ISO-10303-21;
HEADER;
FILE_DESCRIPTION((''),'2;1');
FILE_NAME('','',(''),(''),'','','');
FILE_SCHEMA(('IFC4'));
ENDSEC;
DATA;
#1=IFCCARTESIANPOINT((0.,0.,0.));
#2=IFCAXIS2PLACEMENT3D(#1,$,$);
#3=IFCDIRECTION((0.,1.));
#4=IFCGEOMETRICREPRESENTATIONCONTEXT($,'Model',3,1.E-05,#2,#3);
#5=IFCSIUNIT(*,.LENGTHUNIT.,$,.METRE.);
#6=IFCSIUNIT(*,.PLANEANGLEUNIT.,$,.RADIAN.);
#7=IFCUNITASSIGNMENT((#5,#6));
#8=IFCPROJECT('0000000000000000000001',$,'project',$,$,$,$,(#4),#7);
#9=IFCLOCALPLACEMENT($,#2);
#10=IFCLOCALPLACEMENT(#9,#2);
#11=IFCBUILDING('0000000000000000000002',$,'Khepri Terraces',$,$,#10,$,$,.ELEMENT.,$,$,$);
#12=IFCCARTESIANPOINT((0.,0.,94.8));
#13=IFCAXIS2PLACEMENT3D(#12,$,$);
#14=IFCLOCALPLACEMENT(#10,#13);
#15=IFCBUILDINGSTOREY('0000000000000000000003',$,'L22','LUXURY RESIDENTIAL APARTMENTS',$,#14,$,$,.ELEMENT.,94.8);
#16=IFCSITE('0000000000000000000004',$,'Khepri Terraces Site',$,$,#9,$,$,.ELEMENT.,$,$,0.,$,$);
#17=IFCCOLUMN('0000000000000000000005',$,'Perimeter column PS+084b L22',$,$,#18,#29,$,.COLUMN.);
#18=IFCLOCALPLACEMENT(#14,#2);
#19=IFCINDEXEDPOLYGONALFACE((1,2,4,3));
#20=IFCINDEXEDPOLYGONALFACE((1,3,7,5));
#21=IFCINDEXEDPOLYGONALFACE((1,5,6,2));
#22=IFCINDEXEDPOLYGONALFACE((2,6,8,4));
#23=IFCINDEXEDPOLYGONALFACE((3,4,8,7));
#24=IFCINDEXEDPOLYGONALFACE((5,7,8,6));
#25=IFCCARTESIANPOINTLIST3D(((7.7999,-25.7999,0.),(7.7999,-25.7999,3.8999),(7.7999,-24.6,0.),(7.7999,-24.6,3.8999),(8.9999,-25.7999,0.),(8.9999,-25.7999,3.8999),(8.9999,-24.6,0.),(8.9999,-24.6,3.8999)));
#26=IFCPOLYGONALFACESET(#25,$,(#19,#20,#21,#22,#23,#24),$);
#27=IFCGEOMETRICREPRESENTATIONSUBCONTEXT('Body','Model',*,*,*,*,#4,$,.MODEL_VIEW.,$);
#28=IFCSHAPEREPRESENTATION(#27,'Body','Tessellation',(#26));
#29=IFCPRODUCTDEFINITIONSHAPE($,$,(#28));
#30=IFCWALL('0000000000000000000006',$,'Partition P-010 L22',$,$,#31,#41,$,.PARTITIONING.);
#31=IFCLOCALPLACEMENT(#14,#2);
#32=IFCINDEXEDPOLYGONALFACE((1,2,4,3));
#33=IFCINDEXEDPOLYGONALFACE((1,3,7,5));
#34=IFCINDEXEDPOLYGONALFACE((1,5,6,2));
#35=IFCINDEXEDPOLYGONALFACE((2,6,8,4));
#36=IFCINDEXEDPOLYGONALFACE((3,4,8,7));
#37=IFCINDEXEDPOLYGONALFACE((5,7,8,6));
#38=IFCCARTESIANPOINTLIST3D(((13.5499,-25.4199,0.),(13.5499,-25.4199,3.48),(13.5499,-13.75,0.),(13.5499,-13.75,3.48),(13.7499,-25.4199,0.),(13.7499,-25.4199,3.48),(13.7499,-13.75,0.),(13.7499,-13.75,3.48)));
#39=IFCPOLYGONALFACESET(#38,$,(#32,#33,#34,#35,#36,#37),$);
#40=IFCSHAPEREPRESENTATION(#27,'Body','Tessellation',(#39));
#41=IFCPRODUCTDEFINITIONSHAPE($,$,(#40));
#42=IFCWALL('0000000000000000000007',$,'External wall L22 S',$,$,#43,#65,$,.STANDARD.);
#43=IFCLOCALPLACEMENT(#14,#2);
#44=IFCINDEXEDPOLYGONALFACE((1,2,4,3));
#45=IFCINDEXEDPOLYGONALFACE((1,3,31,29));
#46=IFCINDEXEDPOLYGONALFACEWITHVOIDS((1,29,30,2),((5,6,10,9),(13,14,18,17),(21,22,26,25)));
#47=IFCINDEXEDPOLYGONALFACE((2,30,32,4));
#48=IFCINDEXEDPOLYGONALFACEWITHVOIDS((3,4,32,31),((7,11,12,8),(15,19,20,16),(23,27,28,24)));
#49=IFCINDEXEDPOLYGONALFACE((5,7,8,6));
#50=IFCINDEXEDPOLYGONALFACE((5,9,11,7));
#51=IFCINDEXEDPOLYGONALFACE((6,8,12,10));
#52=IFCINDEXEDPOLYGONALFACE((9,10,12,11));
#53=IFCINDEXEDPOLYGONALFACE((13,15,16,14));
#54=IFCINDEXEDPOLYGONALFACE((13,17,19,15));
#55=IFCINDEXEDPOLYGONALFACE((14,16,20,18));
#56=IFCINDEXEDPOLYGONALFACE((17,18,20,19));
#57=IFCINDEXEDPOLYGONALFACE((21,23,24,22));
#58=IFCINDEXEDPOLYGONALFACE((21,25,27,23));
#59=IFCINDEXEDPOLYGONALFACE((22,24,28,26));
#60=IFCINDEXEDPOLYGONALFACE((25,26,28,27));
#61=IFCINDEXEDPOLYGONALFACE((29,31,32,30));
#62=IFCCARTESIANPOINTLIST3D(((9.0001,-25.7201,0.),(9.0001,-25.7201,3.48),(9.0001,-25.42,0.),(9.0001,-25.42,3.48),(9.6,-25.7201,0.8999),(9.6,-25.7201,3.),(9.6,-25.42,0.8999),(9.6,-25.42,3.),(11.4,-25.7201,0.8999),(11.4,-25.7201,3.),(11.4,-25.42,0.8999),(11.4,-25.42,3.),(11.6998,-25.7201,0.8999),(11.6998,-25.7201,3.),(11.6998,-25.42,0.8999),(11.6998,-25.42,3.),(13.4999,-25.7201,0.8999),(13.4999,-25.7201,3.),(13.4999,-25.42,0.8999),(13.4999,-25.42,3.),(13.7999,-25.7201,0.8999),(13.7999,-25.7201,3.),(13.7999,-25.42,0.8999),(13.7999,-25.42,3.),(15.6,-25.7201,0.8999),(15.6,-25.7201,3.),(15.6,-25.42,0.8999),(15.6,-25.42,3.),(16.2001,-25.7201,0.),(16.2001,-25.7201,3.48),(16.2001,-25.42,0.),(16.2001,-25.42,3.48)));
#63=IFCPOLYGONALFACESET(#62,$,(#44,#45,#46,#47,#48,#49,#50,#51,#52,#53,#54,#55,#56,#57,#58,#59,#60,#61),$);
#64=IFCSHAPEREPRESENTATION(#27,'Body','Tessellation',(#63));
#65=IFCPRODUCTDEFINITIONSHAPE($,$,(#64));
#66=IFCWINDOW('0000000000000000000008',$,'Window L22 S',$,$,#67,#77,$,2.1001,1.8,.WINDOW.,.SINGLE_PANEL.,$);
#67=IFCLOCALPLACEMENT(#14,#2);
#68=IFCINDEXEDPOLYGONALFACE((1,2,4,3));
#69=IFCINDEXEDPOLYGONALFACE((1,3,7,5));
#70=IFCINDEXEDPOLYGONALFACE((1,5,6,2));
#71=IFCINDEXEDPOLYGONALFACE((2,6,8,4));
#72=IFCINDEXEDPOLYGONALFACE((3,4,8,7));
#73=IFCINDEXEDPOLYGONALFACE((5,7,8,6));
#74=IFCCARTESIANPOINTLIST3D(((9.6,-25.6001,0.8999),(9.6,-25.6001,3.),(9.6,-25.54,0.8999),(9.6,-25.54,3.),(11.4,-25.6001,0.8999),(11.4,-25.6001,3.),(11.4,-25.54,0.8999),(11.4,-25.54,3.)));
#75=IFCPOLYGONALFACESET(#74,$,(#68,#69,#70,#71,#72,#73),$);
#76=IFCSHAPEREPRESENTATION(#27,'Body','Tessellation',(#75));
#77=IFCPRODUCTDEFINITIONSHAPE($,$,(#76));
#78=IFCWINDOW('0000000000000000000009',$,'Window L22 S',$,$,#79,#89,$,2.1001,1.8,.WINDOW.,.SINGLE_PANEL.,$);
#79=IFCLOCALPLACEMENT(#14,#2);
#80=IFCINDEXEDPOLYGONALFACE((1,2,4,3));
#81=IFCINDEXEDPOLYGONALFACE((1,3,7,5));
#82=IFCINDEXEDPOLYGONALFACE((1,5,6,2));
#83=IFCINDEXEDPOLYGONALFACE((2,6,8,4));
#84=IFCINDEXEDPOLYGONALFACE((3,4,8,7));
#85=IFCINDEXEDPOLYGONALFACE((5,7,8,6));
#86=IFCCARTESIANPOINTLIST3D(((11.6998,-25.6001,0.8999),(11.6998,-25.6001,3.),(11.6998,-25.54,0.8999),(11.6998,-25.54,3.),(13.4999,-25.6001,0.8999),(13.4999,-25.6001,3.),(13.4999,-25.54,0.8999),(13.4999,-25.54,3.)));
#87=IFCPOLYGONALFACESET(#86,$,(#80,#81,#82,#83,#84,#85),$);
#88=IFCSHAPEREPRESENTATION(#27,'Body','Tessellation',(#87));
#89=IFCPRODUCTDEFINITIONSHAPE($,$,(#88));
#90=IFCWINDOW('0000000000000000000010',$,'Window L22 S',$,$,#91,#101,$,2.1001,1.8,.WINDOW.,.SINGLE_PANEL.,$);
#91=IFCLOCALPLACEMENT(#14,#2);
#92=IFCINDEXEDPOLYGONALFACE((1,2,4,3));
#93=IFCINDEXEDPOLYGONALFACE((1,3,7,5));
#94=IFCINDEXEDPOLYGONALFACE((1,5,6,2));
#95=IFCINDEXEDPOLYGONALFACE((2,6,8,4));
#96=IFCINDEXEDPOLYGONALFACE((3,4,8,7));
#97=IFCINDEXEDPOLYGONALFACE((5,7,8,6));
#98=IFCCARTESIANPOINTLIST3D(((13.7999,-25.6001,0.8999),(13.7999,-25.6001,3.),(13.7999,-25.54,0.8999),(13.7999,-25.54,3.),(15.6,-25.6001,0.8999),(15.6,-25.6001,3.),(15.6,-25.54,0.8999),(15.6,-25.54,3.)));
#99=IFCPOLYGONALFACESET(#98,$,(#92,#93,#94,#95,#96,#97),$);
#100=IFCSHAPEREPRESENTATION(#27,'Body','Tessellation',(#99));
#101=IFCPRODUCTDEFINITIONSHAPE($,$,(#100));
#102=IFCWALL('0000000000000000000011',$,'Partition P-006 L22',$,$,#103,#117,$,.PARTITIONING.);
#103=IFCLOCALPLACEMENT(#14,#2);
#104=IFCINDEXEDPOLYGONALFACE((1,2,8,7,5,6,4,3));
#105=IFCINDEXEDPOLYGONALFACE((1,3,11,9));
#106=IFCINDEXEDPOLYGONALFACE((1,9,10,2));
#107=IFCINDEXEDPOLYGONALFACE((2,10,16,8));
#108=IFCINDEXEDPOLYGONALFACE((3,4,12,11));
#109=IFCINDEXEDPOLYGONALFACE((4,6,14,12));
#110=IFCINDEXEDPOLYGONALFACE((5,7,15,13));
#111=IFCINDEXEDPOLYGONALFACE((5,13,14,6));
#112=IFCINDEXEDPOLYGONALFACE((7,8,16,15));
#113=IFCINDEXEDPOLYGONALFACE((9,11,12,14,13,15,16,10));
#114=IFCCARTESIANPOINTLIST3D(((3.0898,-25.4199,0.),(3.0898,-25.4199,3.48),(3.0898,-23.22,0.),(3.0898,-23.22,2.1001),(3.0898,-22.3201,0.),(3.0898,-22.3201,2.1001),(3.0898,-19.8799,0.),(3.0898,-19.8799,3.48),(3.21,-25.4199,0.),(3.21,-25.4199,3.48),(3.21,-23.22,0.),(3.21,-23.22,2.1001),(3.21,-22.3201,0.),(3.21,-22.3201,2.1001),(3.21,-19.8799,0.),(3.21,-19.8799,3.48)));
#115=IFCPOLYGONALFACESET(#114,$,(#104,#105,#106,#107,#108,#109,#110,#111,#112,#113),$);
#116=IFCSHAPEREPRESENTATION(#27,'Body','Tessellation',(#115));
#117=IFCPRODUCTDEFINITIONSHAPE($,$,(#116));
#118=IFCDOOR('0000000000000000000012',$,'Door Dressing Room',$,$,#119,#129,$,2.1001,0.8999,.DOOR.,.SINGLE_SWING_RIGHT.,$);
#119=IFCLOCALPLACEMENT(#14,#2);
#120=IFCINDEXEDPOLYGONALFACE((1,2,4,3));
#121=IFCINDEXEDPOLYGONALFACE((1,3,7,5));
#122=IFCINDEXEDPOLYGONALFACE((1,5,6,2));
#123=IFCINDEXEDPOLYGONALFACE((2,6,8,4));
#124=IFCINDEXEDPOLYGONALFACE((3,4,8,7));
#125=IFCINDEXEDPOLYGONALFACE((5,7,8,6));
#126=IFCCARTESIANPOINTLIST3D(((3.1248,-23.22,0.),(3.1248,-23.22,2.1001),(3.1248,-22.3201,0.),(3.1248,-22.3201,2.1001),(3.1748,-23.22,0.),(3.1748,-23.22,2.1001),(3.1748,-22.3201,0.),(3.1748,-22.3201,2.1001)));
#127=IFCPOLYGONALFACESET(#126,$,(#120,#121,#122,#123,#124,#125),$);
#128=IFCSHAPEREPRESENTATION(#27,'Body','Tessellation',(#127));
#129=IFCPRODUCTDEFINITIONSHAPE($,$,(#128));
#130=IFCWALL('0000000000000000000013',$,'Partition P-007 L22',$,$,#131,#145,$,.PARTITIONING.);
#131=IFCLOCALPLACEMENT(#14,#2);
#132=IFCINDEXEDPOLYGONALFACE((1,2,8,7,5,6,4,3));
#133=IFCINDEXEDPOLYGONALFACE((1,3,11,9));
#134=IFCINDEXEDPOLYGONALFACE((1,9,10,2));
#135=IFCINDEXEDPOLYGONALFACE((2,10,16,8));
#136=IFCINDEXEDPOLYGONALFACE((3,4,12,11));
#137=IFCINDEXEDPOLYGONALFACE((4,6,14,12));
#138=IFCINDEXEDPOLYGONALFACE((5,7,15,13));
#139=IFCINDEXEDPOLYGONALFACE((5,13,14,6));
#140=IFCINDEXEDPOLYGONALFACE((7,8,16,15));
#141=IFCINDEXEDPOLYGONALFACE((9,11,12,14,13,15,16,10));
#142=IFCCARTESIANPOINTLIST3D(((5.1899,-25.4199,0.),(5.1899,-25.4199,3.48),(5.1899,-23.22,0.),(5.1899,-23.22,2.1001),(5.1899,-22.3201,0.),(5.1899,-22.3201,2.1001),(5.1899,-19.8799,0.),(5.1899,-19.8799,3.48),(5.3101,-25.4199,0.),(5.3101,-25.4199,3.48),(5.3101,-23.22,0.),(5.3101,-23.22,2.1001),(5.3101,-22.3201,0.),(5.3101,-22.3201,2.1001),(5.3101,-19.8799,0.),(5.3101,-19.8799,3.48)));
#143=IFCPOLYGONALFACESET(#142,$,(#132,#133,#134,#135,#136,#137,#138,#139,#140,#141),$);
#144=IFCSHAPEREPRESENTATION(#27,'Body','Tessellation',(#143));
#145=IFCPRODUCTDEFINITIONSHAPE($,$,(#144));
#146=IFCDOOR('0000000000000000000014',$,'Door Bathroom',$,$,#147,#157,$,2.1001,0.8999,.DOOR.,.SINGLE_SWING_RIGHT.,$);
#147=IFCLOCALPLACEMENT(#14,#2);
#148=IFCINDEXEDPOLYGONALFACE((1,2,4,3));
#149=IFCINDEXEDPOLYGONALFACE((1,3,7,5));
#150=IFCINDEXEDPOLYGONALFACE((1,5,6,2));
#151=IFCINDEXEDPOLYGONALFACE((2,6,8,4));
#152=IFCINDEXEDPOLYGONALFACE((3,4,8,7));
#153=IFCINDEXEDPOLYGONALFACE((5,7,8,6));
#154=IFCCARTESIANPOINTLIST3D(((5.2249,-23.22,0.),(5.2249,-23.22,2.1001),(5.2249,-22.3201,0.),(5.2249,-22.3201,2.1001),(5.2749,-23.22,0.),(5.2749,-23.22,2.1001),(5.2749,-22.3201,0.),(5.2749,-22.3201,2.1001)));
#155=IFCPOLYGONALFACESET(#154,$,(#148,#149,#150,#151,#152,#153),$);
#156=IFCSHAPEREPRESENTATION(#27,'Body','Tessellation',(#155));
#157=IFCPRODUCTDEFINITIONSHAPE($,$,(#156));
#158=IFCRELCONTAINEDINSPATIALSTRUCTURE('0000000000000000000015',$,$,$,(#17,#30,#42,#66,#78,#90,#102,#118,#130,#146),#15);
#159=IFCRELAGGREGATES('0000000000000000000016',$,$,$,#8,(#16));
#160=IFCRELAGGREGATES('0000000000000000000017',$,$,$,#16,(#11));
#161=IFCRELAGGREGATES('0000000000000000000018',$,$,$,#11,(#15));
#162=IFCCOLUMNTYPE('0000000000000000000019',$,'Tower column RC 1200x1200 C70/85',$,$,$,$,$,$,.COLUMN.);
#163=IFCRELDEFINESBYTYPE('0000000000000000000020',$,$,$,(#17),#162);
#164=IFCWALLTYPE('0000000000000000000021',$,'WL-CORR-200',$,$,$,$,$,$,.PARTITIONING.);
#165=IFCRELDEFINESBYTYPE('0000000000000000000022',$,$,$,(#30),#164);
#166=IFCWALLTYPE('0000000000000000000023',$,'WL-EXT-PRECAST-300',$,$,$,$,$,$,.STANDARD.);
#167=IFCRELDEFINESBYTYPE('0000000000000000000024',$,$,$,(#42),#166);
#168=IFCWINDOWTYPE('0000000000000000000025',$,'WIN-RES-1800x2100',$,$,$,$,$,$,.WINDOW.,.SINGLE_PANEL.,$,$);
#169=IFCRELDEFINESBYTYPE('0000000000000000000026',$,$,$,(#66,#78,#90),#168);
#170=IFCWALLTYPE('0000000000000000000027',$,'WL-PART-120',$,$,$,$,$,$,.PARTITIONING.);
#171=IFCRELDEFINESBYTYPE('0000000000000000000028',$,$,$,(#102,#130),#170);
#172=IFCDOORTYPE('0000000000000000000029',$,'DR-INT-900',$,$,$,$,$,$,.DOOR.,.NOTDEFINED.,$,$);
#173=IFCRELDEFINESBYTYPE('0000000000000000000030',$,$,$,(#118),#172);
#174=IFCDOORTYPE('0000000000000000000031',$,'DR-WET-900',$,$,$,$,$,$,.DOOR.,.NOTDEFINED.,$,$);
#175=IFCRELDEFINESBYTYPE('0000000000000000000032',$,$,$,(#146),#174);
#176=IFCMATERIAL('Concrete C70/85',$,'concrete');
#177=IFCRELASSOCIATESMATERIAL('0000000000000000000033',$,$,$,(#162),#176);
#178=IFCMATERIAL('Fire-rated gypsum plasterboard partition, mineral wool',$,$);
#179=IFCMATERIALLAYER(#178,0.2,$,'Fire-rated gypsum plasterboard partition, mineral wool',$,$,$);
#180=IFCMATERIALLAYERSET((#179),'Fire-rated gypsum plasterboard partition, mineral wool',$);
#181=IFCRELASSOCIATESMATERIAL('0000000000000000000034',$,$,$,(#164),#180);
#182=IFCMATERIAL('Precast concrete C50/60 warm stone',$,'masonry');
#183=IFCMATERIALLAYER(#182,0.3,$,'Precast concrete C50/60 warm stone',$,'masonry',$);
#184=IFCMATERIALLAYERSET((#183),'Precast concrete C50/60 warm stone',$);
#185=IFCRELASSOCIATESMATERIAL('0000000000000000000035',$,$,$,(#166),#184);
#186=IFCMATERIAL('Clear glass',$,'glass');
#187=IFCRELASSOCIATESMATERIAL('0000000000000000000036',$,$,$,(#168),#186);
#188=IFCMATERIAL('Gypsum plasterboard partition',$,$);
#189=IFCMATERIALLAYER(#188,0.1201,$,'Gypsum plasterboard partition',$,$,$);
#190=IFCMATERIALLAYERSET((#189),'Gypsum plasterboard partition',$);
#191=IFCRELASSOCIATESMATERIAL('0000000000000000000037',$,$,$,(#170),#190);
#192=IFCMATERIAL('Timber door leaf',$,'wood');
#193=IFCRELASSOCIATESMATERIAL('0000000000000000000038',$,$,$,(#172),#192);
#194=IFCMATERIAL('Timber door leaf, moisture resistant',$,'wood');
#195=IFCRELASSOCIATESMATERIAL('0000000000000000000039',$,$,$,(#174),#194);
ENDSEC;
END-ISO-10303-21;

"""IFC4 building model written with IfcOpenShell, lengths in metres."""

from ifc_helpers import new_model, si_unit, direction, frame, frame_2d, origin, origin_2d, place, context, subcontext, project, spatial, rectangle, extrude, material, layer, layer_set, material_profile, profile_set, type_object, element, fill, save


model = new_model("IFC4")

# Units and contexts
model_context = context("Model", 3, precision=1e-05, world=origin(), true_north=direction((0.0, 1.0)))
body_context = subcontext(model_context, "Body", "Model", "MODEL_VIEW")
ifc_project = project(units=[si_unit("LENGTHUNIT", "METRE"), si_unit("PLANEANGLEUNIT", "RADIAN")], contexts=[model_context])

# Site, building, storey
site_placement = place(None, origin())
site = spatial("IfcSite", under=ifc_project, at=site_placement, Name="Khepri Terraces Site", CompositionType="ELEMENT", RefElevation=0.0)
building_placement = place(site_placement, origin())
building = spatial("IfcBuilding", under=site, at=building_placement, Name="Khepri Terraces", CompositionType="ELEMENT")
storey_placement = place(building_placement, frame((0.0, 0.0, 94.8)))
storey = spatial("IfcBuildingStorey", under=building, at=storey_placement, Name="L22", Description="LUXURY RESIDENTIAL APARTMENTS", CompositionType="ELEMENT", Elevation=94.8)

# Column
ifc_material_1 = material(Name="Concrete C70/85", Category="concrete")
ifc_material_profile = material_profile(ifc_material_1, rectangle(XDim=1.2, YDim=1.2, at=origin_2d()), Name="Concrete C70/85", Category="concrete")
ifc_profile_set = profile_set([ifc_material_profile], Name="Concrete C70/85")
column_type = type_object("IfcColumnType", Name="Tower column RC 1200x1200 C70/85", PredefinedType="COLUMN", material=ifc_profile_set)
column_placement = place(storey_placement, frame((8.3999, -25.2, 0.0), z_axis=(0.0, 0.0, 1.0), x_axis=(1.0, 0.0, 0.0)))
element("IfcColumn", 1, at=column_placement, inside=storey, type_object=column_type, Name="Perimeter column PS+084b L22", PredefinedType="COLUMN", context=body_context, shape_type="SweptSolid", body=[
    extrude(rectangle(XDim=1.2, YDim=1.2, at=origin_2d()), origin(), (0.0, 0.0, 1.0), 3.8999),
])

# Wall
ifc_material_2 = material(Name="Fire-rated gypsum plasterboard partition, mineral wool")
ifc_layer_1 = layer(ifc_material_2, 0.2, Name="Fire-rated gypsum plasterboard partition, mineral wool")
ifc_layer_set_1 = layer_set([ifc_layer_1], Name="Fire-rated gypsum plasterboard partition, mineral wool")
wall_type_1 = type_object("IfcWallType", Name="WL-CORR-200", PredefinedType="PARTITIONING", material=ifc_layer_set_1)
wall_1_placement = place(storey_placement, frame((13.6499, -25.4199, 0.0), z_axis=(0.0, 0.0, 1.0), x_axis=(0.0, 1.0, 0.0)))
element("IfcWall", 2, at=wall_1_placement, inside=storey, type_object=wall_type_1, Name="Partition P-010 L22", PredefinedType="PARTITIONING", context=body_context, shape_type="SweptSolid", body=[
    extrude(rectangle(XDim=11.6699, YDim=0.2, at=frame_2d((5.835, 0.0))), origin(), (0.0, 0.0, 1.0), 3.48),
])

# Shared definitions
ifc_material_3 = material(Name="Precast concrete C50/60 warm stone", Category="masonry")
ifc_layer_2 = layer(ifc_material_3, 0.3, Name="Precast concrete C50/60 warm stone", Category="masonry")
ifc_layer_set_2 = layer_set([ifc_layer_2], Name="Precast concrete C50/60 warm stone")
wall_type_2 = type_object("IfcWallType", Name="WL-EXT-PRECAST-300", PredefinedType="STANDARD", material=ifc_layer_set_2)
ifc_material_4 = material(Name="Clear glass", Category="glass")
window_type = type_object("IfcWindowType", Name="WIN-RES-1800x2100", PartitioningType="SINGLE_PANEL", PredefinedType="WINDOW", material=ifc_material_4)

# Wall, openings, windows
wall_2_placement = place(storey_placement, frame((9.0, -25.5701, 0.0), z_axis=(0.0, 0.0, 1.0), x_axis=(1.0, 0.0, 0.0)))
wall_2 = element("IfcWall", 3, at=wall_2_placement, inside=storey, type_object=wall_type_2, Name="External wall L22 S", PredefinedType="STANDARD", context=body_context, shape_type="SweptSolid", body=[
    extrude(rectangle(XDim=7.2, YDim=0.3, at=frame_2d((3.6001, 0.0))), origin(), (0.0, 0.0, 1.0), 3.48),
])
opening_1_placement = place(wall_2_placement, frame((0.6001, 0.0, 0.8999)))
opening_1 = element("IfcOpeningElement", 4, at=opening_1_placement, cuts=wall_2, PredefinedType="OPENING", context=body_context, shape_type="SweptSolid", body=[
    extrude(rectangle(XDim=1.8, YDim=2.1001, at=frame_2d((0.8999, 1.05))), frame((0.0, 0.1602, 0.0), z_axis=(0.0, -1.0, 0.0), x_axis=(1.0, 0.0, 0.0)), (0.0, 0.0, 1.0), 0.3201),
])
opening_2_placement = place(wall_2_placement, frame((2.7, 0.0, 0.8999)))
opening_2 = element("IfcOpeningElement", 5, at=opening_2_placement, cuts=wall_2, PredefinedType="OPENING", context=body_context, shape_type="SweptSolid", body=[
    extrude(rectangle(XDim=1.8, YDim=2.1001, at=frame_2d((0.8999, 1.05))), frame((0.0, 0.1602, 0.0), z_axis=(0.0, -1.0, 0.0), x_axis=(1.0, 0.0, 0.0)), (0.0, 0.0, 1.0), 0.3201),
])
opening_3_placement = place(wall_2_placement, frame((4.8, 0.0, 0.8999)))
opening_3 = element("IfcOpeningElement", 6, at=opening_3_placement, cuts=wall_2, PredefinedType="OPENING", context=body_context, shape_type="SweptSolid", body=[
    extrude(rectangle(XDim=1.8, YDim=2.1001, at=frame_2d((0.8999, 1.05))), frame((0.0, 0.1602, 0.0), z_axis=(0.0, -1.0, 0.0), x_axis=(1.0, 0.0, 0.0)), (0.0, 0.0, 1.0), 0.3201),
])
window_1_placement = place(opening_1_placement, origin())
window_1 = element("IfcWindow", 7, at=window_1_placement, inside=storey, type_object=window_type, Name="Window L22 S", OverallHeight=2.1001, OverallWidth=1.8, PartitioningType="SINGLE_PANEL", PredefinedType="WINDOW", context=body_context, shape_type="SweptSolid", body=[
    extrude(rectangle(XDim=1.8, YDim=2.1001, at=frame_2d((0.8999, 1.05))), frame((0.0, 0.03, 0.0), z_axis=(0.0, -1.0, 0.0), x_axis=(1.0, 0.0, 0.0)), (0.0, 0.0, 1.0), 0.0601),
])
fill(opening_1, window_1)
window_2_placement = place(opening_2_placement, origin())
window_2 = element("IfcWindow", 8, at=window_2_placement, inside=storey, type_object=window_type, Name="Window L22 S", OverallHeight=2.1001, OverallWidth=1.8, PartitioningType="SINGLE_PANEL", PredefinedType="WINDOW", context=body_context, shape_type="SweptSolid", body=[
    extrude(rectangle(XDim=1.8, YDim=2.1001, at=frame_2d((0.8999, 1.05))), frame((0.0, 0.03, 0.0), z_axis=(0.0, -1.0, 0.0), x_axis=(1.0, 0.0, 0.0)), (0.0, 0.0, 1.0), 0.0601),
])
fill(opening_2, window_2)
window_3_placement = place(opening_3_placement, origin())
window_3 = element("IfcWindow", 9, at=window_3_placement, inside=storey, type_object=window_type, Name="Window L22 S", OverallHeight=2.1001, OverallWidth=1.8, PartitioningType="SINGLE_PANEL", PredefinedType="WINDOW", context=body_context, shape_type="SweptSolid", body=[
    extrude(rectangle(XDim=1.8, YDim=2.1001, at=frame_2d((0.8999, 1.05))), frame((0.0, 0.03, 0.0), z_axis=(0.0, -1.0, 0.0), x_axis=(1.0, 0.0, 0.0)), (0.0, 0.0, 1.0), 0.0601),
])
fill(opening_3, window_3)

# Walls, openings, doors
ifc_material_5 = material(Name="Gypsum plasterboard partition")
ifc_layer_3 = layer(ifc_material_5, 0.1201, Name="Gypsum plasterboard partition")
ifc_layer_set_3 = layer_set([ifc_layer_3], Name="Gypsum plasterboard partition")
wall_type_3 = type_object("IfcWallType", Name="WL-PART-120", PredefinedType="PARTITIONING", material=ifc_layer_set_3)
wall_3_placement = place(storey_placement, frame((3.1499, -25.4199, 0.0), z_axis=(0.0, 0.0, 1.0), x_axis=(0.0, 1.0, 0.0)))
wall_3 = element("IfcWall", 10, at=wall_3_placement, inside=storey, type_object=wall_type_3, Name="Partition P-006 L22", PredefinedType="PARTITIONING", context=body_context, shape_type="SweptSolid", body=[
    extrude(rectangle(XDim=5.54, YDim=0.1201, at=frame_2d((2.77, 0.0))), origin(), (0.0, 0.0, 1.0), 3.48),
])
opening_4_placement = place(wall_3_placement, frame((2.2, 0.0, 0.0)))
opening_4 = element("IfcOpeningElement", 11, at=opening_4_placement, cuts=wall_3, PredefinedType="OPENING", context=body_context, shape_type="SweptSolid", body=[
    extrude(rectangle(XDim=0.8999, YDim=2.1001, at=frame_2d((0.45, 1.05))), frame((0.0, 0.0701, 0.0), z_axis=(0.0, -1.0, 0.0), x_axis=(1.0, 0.0, 0.0)), (0.0, 0.0, 1.0), 0.1401),
])
ifc_material_6 = material(Name="Timber door leaf", Category="wood")
door_type_1 = type_object("IfcDoorType", Name="DR-INT-900", OperationType="NOTDEFINED", PredefinedType="DOOR", material=ifc_material_6)
door_1_placement = place(opening_4_placement, frame((0.8999, 0.0, 0.0), z_axis=(0.0, 0.0, 1.0), x_axis=(-1.0, 0.0, 0.0)))
door_1 = element("IfcDoor", 12, at=door_1_placement, inside=storey, type_object=door_type_1, Name="Door Dressing Room", OperationType="SINGLE_SWING_RIGHT", OverallHeight=2.1001, OverallWidth=0.8999, PredefinedType="DOOR", context=body_context, shape_type="SweptSolid", body=[
    extrude(rectangle(XDim=0.8999, YDim=2.1001, at=frame_2d((0.45, 1.05))), frame((0.0, 0.0249, 0.0), z_axis=(0.0, -1.0, 0.0), x_axis=(1.0, 0.0, 0.0)), (0.0, 0.0, 1.0), 0.05),
])
fill(opening_4, door_1)
wall_4_placement = place(storey_placement, frame((5.25, -25.4199, 0.0), z_axis=(0.0, 0.0, 1.0), x_axis=(0.0, 1.0, 0.0)))
wall_4 = element("IfcWall", 13, at=wall_4_placement, inside=storey, type_object=wall_type_3, Name="Partition P-007 L22", PredefinedType="PARTITIONING", context=body_context, shape_type="SweptSolid", body=[
    extrude(rectangle(XDim=5.54, YDim=0.1201, at=frame_2d((2.77, 0.0))), origin(), (0.0, 0.0, 1.0), 3.48),
])
opening_5_placement = place(wall_4_placement, frame((2.2, 0.0, 0.0)))
opening_5 = element("IfcOpeningElement", 14, at=opening_5_placement, cuts=wall_4, PredefinedType="OPENING", context=body_context, shape_type="SweptSolid", body=[
    extrude(rectangle(XDim=0.8999, YDim=2.1001, at=frame_2d((0.45, 1.05))), frame((0.0, 0.0701, 0.0), z_axis=(0.0, -1.0, 0.0), x_axis=(1.0, 0.0, 0.0)), (0.0, 0.0, 1.0), 0.1401),
])
ifc_material_7 = material(Name="Timber door leaf, moisture resistant", Category="wood")
door_type_2 = type_object("IfcDoorType", Name="DR-WET-900", OperationType="NOTDEFINED", PredefinedType="DOOR", material=ifc_material_7)
door_2_placement = place(opening_5_placement, frame((0.8999, 0.0, 0.0), z_axis=(0.0, 0.0, 1.0), x_axis=(-1.0, 0.0, 0.0)))
door_2 = element("IfcDoor", 15, at=door_2_placement, inside=storey, type_object=door_type_2, Name="Door Bathroom", OperationType="SINGLE_SWING_RIGHT", OverallHeight=2.1001, OverallWidth=0.8999, PredefinedType="DOOR", context=body_context, shape_type="SweptSolid", body=[
    extrude(rectangle(XDim=0.8999, YDim=2.1001, at=frame_2d((0.45, 1.05))), frame((0.0, 0.0249, 0.0), z_axis=(0.0, -1.0, 0.0), x_axis=(1.0, 0.0, 0.0)), (0.0, 0.0, 1.0), 0.05),
])
fill(opening_5, door_2)

save(model, "model.ifc")
